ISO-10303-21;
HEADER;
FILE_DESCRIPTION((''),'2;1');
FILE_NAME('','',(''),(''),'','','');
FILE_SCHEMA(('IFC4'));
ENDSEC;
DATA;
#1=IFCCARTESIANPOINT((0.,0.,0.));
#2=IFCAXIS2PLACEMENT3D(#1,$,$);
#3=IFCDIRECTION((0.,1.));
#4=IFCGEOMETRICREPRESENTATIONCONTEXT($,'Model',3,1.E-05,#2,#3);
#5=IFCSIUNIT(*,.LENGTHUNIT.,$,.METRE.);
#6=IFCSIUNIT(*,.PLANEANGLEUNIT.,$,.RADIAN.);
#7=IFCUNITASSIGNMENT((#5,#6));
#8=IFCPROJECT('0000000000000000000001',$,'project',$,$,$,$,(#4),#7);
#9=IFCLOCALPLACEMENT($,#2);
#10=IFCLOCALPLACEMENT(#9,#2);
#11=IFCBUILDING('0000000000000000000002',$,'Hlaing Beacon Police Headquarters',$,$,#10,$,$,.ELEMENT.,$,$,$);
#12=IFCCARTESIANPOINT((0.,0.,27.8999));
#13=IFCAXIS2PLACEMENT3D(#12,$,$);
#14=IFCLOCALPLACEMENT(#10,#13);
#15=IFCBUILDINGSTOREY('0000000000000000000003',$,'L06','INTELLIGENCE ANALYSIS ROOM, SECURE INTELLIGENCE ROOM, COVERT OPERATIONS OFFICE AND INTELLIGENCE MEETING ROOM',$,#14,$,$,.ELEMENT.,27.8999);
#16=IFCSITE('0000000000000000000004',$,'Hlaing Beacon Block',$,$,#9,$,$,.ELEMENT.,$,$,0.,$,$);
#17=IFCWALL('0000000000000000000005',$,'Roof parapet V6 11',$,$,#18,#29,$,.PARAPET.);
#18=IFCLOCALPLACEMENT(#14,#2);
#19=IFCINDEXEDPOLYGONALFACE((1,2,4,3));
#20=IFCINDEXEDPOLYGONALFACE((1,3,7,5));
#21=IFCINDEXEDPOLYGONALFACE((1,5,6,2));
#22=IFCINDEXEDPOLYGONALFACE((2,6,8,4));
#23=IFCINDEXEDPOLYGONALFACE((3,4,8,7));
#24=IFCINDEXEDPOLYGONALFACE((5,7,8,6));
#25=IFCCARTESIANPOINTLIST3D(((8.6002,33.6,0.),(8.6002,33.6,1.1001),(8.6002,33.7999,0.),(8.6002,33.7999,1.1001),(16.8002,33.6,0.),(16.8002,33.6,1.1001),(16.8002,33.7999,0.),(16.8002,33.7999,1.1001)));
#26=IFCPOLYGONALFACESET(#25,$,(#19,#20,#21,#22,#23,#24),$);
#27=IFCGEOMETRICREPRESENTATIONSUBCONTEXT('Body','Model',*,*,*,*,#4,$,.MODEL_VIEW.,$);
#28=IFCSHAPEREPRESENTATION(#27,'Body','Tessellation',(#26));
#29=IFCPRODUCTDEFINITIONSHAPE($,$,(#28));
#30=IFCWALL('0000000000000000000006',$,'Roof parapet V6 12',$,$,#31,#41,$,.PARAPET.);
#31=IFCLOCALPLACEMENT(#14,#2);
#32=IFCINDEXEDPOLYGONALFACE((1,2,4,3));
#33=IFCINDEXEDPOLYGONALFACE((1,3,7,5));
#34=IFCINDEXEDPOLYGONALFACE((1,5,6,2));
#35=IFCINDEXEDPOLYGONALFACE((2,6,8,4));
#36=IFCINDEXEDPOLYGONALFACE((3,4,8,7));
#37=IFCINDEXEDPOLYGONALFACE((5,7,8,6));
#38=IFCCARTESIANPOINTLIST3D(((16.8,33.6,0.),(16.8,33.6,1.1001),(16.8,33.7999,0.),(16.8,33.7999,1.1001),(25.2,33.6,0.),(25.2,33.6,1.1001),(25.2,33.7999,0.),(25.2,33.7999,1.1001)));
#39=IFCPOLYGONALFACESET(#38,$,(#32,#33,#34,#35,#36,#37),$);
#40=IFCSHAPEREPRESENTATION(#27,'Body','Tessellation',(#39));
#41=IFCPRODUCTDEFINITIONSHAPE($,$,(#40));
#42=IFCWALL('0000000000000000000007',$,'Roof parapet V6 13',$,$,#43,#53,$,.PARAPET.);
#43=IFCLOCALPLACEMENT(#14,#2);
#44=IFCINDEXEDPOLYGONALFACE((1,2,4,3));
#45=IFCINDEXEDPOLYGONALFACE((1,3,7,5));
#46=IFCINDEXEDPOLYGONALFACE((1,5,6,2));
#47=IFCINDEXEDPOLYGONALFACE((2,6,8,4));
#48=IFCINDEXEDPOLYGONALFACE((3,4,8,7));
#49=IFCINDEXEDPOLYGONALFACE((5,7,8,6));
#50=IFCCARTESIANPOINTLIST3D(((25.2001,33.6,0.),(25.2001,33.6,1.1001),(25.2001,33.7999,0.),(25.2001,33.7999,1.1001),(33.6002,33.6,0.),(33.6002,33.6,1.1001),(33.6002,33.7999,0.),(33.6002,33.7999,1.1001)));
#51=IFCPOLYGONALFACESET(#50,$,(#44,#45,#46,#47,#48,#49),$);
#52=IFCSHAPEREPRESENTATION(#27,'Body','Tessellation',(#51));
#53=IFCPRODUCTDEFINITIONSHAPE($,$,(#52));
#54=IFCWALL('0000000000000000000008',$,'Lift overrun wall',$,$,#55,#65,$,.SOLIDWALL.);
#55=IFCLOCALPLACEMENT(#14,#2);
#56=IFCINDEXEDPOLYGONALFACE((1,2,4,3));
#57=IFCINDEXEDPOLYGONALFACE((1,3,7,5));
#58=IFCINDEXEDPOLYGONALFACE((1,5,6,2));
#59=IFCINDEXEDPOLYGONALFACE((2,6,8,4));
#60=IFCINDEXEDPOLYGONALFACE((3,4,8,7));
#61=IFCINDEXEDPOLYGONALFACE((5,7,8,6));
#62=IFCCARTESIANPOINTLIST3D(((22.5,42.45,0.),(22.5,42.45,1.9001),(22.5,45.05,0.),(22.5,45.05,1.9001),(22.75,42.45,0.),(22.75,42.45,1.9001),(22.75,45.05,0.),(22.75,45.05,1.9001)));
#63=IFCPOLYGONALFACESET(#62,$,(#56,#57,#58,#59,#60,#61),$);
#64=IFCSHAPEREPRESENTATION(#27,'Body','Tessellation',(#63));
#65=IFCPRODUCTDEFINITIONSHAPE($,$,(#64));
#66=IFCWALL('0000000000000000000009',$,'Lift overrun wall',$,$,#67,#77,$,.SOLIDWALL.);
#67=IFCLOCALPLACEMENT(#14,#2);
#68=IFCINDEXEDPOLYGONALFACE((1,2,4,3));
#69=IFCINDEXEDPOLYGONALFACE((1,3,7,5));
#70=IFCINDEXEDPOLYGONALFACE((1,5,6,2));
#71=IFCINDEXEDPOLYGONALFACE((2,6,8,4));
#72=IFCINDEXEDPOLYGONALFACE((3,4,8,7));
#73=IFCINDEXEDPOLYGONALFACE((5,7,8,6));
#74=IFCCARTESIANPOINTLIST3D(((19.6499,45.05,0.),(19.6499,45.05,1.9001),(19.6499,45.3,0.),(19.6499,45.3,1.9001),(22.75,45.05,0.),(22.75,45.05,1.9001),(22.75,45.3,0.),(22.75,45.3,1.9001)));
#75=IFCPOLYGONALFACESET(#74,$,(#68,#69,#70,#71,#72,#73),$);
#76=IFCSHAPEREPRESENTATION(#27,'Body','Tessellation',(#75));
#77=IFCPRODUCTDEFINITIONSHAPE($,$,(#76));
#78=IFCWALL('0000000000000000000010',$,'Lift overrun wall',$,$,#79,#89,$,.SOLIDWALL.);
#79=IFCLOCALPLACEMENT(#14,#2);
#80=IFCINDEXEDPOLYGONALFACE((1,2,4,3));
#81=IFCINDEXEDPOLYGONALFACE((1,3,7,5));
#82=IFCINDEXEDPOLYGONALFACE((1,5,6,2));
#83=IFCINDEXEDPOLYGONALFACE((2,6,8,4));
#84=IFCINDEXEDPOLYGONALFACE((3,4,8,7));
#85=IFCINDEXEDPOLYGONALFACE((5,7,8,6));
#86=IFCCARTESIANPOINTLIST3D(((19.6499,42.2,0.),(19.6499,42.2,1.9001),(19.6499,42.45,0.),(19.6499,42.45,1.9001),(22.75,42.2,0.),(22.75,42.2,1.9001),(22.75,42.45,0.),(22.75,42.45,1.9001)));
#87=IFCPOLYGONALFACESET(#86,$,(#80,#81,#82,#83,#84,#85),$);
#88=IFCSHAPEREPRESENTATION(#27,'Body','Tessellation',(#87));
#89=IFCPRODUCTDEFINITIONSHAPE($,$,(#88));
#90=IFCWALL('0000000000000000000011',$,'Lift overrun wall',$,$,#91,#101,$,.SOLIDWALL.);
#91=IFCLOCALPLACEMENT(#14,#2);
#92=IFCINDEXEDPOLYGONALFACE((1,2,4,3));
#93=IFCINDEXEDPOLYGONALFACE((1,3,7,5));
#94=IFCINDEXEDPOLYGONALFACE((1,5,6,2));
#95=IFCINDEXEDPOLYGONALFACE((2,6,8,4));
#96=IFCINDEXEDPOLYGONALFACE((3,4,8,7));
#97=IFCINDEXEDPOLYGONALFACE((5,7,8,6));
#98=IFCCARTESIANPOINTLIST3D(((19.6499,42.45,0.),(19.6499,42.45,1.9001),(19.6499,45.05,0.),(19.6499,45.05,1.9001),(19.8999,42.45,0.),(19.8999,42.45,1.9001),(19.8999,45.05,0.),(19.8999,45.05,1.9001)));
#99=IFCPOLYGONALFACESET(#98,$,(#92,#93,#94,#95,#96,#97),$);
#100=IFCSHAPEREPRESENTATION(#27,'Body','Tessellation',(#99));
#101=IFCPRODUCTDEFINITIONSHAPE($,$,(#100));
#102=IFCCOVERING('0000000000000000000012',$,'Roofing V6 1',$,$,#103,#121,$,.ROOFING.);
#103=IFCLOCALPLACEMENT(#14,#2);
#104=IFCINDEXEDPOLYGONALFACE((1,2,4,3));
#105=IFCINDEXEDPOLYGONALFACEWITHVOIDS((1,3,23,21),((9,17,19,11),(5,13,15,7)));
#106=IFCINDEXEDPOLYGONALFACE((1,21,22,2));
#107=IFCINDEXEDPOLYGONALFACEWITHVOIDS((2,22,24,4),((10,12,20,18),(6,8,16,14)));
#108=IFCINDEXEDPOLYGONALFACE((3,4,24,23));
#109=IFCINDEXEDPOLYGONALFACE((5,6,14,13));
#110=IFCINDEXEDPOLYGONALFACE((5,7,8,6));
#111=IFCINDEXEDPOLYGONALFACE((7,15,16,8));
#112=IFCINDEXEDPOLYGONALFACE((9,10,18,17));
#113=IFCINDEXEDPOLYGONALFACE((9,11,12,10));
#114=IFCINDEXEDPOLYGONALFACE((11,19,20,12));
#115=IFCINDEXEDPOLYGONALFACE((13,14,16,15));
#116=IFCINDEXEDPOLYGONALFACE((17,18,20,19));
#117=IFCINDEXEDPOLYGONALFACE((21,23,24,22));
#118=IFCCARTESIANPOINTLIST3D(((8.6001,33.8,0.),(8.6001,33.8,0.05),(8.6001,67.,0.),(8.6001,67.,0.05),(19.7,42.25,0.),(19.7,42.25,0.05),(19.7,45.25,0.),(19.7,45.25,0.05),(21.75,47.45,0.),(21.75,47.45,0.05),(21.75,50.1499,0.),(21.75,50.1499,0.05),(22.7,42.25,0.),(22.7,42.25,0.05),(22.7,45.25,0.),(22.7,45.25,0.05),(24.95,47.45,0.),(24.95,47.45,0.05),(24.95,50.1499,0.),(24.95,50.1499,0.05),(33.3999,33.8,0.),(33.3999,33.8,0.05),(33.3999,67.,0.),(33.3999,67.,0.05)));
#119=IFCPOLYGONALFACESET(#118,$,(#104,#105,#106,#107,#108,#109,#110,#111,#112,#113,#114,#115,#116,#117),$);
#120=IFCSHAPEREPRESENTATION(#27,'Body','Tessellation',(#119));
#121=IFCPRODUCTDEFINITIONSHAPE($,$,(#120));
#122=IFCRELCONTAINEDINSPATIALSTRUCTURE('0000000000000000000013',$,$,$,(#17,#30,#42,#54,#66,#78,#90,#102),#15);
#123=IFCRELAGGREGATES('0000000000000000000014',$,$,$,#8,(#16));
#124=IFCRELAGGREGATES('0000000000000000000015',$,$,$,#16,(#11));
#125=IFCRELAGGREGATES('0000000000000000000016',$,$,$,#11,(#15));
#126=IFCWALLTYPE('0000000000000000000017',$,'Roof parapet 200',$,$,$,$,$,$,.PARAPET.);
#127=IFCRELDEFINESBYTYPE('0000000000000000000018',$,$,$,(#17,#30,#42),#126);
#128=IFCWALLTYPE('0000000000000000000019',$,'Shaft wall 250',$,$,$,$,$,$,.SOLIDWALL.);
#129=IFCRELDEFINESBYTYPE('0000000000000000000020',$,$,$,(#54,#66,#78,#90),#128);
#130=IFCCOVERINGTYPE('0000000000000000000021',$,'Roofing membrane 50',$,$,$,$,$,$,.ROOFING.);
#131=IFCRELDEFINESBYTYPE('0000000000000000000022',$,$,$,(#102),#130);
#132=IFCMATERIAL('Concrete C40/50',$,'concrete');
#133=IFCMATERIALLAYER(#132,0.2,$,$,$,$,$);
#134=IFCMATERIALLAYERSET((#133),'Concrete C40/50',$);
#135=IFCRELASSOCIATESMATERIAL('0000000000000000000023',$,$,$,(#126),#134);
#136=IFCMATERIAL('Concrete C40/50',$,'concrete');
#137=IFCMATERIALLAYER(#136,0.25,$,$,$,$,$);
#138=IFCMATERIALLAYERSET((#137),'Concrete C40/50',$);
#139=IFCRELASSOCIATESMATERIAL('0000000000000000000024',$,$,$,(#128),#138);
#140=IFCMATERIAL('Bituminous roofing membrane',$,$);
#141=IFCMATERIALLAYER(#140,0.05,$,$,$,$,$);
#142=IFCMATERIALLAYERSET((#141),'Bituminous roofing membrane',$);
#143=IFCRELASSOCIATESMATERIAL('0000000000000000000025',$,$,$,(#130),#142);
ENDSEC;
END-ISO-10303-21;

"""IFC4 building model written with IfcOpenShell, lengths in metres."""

from ifc_helpers import new_model, si_unit, direction, frame, frame_2d, origin, place, context, subcontext, project, spatial, polyline, rectangle, outline, extrude, material, layer, layer_set, type_object, element, save


model = new_model("IFC4")

# Units and contexts
model_context = context("Model", 3, precision=1e-05, world=origin(), true_north=direction((0.0, 1.0)))
body_context = subcontext(model_context, "Body", "Model", "MODEL_VIEW")
ifc_project = project(units=[si_unit("LENGTHUNIT", "METRE"), si_unit("PLANEANGLEUNIT", "RADIAN")], contexts=[model_context])

# Site, building, storey
site_placement = place(None, origin())
site = spatial("IfcSite", under=ifc_project, at=site_placement, Name="Hlaing Beacon Block", CompositionType="ELEMENT", RefElevation=0.0)
building_placement = place(site_placement, origin())
building = spatial("IfcBuilding", under=site, at=building_placement, Name="Hlaing Beacon Police Headquarters", CompositionType="ELEMENT")
storey_placement = place(building_placement, frame((0.0, 0.0, 27.8999)))
storey = spatial("IfcBuildingStorey", under=building, at=storey_placement, Name="L06", Description="INTELLIGENCE ANALYSIS ROOM, SECURE INTELLIGENCE ROOM, COVERT OPERATIONS OFFICE AND INTELLIGENCE MEETING ROOM", CompositionType="ELEMENT", Elevation=27.8999)

# Walls
ifc_material_1 = material(Name="Concrete C40/50", Category="concrete")
ifc_layer_1 = layer(ifc_material_1, 0.2)
ifc_layer_set_1 = layer_set([ifc_layer_1], Name="Concrete C40/50")
wall_type_1 = type_object("IfcWallType", Name="Roof parapet 200", PredefinedType="PARAPET", material=ifc_layer_set_1)
wall_1_placement = place(storey_placement, frame((8.6001, 33.7, 0.0), z_axis=(0.0, 0.0, 1.0), x_axis=(1.0, 0.0, 0.0)))
element("IfcWall", 1, at=wall_1_placement, inside=storey, type_object=wall_type_1, Name="Roof parapet V6 11", PredefinedType="PARAPET", context=body_context, shape_type="SweptSolid", body=[
    extrude(rectangle(XDim=8.2, YDim=0.2, at=frame_2d((4.1001, 0.0))), origin(), (0.0, 0.0, 1.0), 1.1001),
])
wall_2_placement = place(storey_placement, frame((16.8, 33.7, 0.0), z_axis=(0.0, 0.0, 1.0), x_axis=(1.0, 0.0, 0.0)))
element("IfcWall", 2, at=wall_2_placement, inside=storey, type_object=wall_type_1, Name="Roof parapet V6 12", PredefinedType="PARAPET", context=body_context, shape_type="SweptSolid", body=[
    extrude(rectangle(XDim=8.3999, YDim=0.2, at=frame_2d((4.2, 0.0))), origin(), (0.0, 0.0, 1.0), 1.1001),
])
wall_3_placement = place(storey_placement, frame((25.2, 33.7, 0.0), z_axis=(0.0, 0.0, 1.0), x_axis=(1.0, 0.0, 0.0)))
element("IfcWall", 3, at=wall_3_placement, inside=storey, type_object=wall_type_1, Name="Roof parapet V6 13", PredefinedType="PARAPET", context=body_context, shape_type="SweptSolid", body=[
    extrude(rectangle(XDim=8.4001, YDim=0.2, at=frame_2d((4.2002, 0.0))), origin(), (0.0, 0.0, 1.0), 1.1001),
])
ifc_material_2 = material(Name="Concrete C40/50", Category="concrete")
ifc_layer_2 = layer(ifc_material_2, 0.25)
ifc_layer_set_2 = layer_set([ifc_layer_2], Name="Concrete C40/50")
wall_type_2 = type_object("IfcWallType", Name="Shaft wall 250", PredefinedType="SOLIDWALL", material=ifc_layer_set_2)
wall_4_placement = place(storey_placement, frame((22.625, 42.45, 0.0), z_axis=(0.0, 0.0, 1.0), x_axis=(0.0, 1.0, 0.0)))
element("IfcWall", 4, at=wall_4_placement, inside=storey, type_object=wall_type_2, Name="Lift overrun wall", PredefinedType="SOLIDWALL", context=body_context, shape_type="SweptSolid", body=[
    extrude(rectangle(XDim=2.6001, YDim=0.25, at=frame_2d((1.3, 0.0))), origin(), (0.0, 0.0, 1.0), 1.9001),
])
for number, where, z_axis, x_axis, name in (
    (5, (19.6499, 45.175, 0.0), (0.0, 0.0, 1.0), (1.0, 0.0, 0.0), "Lift overrun wall"),
    (6, (19.6499, 42.325, 0.0), (0.0, 0.0, 1.0), (1.0, 0.0, 0.0), "Lift overrun wall"),
):
    element("IfcWall", number, at=place(storey_placement, frame(where, z_axis=z_axis, x_axis=x_axis)), inside=storey, type_object=wall_type_2, Name=name, PredefinedType="SOLIDWALL", context=body_context, shape_type="SweptSolid", body=[
        extrude(rectangle(XDim=3.1001, YDim=0.25, at=frame_2d((1.55, 0.0))), origin(), (0.0, 0.0, 1.0), 1.9001),
    ])
wall_5_placement = place(storey_placement, frame((19.7749, 42.45, 0.0), z_axis=(0.0, 0.0, 1.0), x_axis=(0.0, 1.0, 0.0)))
element("IfcWall", 7, at=wall_5_placement, inside=storey, type_object=wall_type_2, Name="Lift overrun wall", PredefinedType="SOLIDWALL", context=body_context, shape_type="SweptSolid", body=[
    extrude(rectangle(XDim=2.6001, YDim=0.25, at=frame_2d((1.3, 0.0))), origin(), (0.0, 0.0, 1.0), 1.9001),
])

# Covering
ifc_material_3 = material(Name="Bituminous roofing membrane")
ifc_layer_3 = layer(ifc_material_3, 0.05)
ifc_layer_set_3 = layer_set([ifc_layer_3], Name="Bituminous roofing membrane")
covering_type = type_object("IfcCoveringType", Name="Roofing membrane 50", PredefinedType="ROOFING", material=ifc_layer_set_3)
covering_placement = place(storey_placement, origin())
element("IfcCovering", 8, at=covering_placement, inside=storey, type_object=covering_type, Name="Roofing V6 1", PredefinedType="ROOFING", context=body_context, shape_type="SweptSolid", body=[
    extrude(outline(polyline([(33.3999, 67.0), (33.3999, 33.8), (8.6001, 33.8), (8.6001, 67.0), (33.3999, 67.0)]), holes=[polyline([(24.95, 50.1499), (21.75, 50.1499), (21.75, 47.45), (24.95, 47.45), (24.95, 50.1499)]), polyline([(22.7, 45.25), (19.7, 45.25), (19.7, 42.25), (22.7, 42.25), (22.7, 45.25)])]), origin(), (0.0, 0.0, 1.0), 0.05),
])

save(model, "model.ifc")
